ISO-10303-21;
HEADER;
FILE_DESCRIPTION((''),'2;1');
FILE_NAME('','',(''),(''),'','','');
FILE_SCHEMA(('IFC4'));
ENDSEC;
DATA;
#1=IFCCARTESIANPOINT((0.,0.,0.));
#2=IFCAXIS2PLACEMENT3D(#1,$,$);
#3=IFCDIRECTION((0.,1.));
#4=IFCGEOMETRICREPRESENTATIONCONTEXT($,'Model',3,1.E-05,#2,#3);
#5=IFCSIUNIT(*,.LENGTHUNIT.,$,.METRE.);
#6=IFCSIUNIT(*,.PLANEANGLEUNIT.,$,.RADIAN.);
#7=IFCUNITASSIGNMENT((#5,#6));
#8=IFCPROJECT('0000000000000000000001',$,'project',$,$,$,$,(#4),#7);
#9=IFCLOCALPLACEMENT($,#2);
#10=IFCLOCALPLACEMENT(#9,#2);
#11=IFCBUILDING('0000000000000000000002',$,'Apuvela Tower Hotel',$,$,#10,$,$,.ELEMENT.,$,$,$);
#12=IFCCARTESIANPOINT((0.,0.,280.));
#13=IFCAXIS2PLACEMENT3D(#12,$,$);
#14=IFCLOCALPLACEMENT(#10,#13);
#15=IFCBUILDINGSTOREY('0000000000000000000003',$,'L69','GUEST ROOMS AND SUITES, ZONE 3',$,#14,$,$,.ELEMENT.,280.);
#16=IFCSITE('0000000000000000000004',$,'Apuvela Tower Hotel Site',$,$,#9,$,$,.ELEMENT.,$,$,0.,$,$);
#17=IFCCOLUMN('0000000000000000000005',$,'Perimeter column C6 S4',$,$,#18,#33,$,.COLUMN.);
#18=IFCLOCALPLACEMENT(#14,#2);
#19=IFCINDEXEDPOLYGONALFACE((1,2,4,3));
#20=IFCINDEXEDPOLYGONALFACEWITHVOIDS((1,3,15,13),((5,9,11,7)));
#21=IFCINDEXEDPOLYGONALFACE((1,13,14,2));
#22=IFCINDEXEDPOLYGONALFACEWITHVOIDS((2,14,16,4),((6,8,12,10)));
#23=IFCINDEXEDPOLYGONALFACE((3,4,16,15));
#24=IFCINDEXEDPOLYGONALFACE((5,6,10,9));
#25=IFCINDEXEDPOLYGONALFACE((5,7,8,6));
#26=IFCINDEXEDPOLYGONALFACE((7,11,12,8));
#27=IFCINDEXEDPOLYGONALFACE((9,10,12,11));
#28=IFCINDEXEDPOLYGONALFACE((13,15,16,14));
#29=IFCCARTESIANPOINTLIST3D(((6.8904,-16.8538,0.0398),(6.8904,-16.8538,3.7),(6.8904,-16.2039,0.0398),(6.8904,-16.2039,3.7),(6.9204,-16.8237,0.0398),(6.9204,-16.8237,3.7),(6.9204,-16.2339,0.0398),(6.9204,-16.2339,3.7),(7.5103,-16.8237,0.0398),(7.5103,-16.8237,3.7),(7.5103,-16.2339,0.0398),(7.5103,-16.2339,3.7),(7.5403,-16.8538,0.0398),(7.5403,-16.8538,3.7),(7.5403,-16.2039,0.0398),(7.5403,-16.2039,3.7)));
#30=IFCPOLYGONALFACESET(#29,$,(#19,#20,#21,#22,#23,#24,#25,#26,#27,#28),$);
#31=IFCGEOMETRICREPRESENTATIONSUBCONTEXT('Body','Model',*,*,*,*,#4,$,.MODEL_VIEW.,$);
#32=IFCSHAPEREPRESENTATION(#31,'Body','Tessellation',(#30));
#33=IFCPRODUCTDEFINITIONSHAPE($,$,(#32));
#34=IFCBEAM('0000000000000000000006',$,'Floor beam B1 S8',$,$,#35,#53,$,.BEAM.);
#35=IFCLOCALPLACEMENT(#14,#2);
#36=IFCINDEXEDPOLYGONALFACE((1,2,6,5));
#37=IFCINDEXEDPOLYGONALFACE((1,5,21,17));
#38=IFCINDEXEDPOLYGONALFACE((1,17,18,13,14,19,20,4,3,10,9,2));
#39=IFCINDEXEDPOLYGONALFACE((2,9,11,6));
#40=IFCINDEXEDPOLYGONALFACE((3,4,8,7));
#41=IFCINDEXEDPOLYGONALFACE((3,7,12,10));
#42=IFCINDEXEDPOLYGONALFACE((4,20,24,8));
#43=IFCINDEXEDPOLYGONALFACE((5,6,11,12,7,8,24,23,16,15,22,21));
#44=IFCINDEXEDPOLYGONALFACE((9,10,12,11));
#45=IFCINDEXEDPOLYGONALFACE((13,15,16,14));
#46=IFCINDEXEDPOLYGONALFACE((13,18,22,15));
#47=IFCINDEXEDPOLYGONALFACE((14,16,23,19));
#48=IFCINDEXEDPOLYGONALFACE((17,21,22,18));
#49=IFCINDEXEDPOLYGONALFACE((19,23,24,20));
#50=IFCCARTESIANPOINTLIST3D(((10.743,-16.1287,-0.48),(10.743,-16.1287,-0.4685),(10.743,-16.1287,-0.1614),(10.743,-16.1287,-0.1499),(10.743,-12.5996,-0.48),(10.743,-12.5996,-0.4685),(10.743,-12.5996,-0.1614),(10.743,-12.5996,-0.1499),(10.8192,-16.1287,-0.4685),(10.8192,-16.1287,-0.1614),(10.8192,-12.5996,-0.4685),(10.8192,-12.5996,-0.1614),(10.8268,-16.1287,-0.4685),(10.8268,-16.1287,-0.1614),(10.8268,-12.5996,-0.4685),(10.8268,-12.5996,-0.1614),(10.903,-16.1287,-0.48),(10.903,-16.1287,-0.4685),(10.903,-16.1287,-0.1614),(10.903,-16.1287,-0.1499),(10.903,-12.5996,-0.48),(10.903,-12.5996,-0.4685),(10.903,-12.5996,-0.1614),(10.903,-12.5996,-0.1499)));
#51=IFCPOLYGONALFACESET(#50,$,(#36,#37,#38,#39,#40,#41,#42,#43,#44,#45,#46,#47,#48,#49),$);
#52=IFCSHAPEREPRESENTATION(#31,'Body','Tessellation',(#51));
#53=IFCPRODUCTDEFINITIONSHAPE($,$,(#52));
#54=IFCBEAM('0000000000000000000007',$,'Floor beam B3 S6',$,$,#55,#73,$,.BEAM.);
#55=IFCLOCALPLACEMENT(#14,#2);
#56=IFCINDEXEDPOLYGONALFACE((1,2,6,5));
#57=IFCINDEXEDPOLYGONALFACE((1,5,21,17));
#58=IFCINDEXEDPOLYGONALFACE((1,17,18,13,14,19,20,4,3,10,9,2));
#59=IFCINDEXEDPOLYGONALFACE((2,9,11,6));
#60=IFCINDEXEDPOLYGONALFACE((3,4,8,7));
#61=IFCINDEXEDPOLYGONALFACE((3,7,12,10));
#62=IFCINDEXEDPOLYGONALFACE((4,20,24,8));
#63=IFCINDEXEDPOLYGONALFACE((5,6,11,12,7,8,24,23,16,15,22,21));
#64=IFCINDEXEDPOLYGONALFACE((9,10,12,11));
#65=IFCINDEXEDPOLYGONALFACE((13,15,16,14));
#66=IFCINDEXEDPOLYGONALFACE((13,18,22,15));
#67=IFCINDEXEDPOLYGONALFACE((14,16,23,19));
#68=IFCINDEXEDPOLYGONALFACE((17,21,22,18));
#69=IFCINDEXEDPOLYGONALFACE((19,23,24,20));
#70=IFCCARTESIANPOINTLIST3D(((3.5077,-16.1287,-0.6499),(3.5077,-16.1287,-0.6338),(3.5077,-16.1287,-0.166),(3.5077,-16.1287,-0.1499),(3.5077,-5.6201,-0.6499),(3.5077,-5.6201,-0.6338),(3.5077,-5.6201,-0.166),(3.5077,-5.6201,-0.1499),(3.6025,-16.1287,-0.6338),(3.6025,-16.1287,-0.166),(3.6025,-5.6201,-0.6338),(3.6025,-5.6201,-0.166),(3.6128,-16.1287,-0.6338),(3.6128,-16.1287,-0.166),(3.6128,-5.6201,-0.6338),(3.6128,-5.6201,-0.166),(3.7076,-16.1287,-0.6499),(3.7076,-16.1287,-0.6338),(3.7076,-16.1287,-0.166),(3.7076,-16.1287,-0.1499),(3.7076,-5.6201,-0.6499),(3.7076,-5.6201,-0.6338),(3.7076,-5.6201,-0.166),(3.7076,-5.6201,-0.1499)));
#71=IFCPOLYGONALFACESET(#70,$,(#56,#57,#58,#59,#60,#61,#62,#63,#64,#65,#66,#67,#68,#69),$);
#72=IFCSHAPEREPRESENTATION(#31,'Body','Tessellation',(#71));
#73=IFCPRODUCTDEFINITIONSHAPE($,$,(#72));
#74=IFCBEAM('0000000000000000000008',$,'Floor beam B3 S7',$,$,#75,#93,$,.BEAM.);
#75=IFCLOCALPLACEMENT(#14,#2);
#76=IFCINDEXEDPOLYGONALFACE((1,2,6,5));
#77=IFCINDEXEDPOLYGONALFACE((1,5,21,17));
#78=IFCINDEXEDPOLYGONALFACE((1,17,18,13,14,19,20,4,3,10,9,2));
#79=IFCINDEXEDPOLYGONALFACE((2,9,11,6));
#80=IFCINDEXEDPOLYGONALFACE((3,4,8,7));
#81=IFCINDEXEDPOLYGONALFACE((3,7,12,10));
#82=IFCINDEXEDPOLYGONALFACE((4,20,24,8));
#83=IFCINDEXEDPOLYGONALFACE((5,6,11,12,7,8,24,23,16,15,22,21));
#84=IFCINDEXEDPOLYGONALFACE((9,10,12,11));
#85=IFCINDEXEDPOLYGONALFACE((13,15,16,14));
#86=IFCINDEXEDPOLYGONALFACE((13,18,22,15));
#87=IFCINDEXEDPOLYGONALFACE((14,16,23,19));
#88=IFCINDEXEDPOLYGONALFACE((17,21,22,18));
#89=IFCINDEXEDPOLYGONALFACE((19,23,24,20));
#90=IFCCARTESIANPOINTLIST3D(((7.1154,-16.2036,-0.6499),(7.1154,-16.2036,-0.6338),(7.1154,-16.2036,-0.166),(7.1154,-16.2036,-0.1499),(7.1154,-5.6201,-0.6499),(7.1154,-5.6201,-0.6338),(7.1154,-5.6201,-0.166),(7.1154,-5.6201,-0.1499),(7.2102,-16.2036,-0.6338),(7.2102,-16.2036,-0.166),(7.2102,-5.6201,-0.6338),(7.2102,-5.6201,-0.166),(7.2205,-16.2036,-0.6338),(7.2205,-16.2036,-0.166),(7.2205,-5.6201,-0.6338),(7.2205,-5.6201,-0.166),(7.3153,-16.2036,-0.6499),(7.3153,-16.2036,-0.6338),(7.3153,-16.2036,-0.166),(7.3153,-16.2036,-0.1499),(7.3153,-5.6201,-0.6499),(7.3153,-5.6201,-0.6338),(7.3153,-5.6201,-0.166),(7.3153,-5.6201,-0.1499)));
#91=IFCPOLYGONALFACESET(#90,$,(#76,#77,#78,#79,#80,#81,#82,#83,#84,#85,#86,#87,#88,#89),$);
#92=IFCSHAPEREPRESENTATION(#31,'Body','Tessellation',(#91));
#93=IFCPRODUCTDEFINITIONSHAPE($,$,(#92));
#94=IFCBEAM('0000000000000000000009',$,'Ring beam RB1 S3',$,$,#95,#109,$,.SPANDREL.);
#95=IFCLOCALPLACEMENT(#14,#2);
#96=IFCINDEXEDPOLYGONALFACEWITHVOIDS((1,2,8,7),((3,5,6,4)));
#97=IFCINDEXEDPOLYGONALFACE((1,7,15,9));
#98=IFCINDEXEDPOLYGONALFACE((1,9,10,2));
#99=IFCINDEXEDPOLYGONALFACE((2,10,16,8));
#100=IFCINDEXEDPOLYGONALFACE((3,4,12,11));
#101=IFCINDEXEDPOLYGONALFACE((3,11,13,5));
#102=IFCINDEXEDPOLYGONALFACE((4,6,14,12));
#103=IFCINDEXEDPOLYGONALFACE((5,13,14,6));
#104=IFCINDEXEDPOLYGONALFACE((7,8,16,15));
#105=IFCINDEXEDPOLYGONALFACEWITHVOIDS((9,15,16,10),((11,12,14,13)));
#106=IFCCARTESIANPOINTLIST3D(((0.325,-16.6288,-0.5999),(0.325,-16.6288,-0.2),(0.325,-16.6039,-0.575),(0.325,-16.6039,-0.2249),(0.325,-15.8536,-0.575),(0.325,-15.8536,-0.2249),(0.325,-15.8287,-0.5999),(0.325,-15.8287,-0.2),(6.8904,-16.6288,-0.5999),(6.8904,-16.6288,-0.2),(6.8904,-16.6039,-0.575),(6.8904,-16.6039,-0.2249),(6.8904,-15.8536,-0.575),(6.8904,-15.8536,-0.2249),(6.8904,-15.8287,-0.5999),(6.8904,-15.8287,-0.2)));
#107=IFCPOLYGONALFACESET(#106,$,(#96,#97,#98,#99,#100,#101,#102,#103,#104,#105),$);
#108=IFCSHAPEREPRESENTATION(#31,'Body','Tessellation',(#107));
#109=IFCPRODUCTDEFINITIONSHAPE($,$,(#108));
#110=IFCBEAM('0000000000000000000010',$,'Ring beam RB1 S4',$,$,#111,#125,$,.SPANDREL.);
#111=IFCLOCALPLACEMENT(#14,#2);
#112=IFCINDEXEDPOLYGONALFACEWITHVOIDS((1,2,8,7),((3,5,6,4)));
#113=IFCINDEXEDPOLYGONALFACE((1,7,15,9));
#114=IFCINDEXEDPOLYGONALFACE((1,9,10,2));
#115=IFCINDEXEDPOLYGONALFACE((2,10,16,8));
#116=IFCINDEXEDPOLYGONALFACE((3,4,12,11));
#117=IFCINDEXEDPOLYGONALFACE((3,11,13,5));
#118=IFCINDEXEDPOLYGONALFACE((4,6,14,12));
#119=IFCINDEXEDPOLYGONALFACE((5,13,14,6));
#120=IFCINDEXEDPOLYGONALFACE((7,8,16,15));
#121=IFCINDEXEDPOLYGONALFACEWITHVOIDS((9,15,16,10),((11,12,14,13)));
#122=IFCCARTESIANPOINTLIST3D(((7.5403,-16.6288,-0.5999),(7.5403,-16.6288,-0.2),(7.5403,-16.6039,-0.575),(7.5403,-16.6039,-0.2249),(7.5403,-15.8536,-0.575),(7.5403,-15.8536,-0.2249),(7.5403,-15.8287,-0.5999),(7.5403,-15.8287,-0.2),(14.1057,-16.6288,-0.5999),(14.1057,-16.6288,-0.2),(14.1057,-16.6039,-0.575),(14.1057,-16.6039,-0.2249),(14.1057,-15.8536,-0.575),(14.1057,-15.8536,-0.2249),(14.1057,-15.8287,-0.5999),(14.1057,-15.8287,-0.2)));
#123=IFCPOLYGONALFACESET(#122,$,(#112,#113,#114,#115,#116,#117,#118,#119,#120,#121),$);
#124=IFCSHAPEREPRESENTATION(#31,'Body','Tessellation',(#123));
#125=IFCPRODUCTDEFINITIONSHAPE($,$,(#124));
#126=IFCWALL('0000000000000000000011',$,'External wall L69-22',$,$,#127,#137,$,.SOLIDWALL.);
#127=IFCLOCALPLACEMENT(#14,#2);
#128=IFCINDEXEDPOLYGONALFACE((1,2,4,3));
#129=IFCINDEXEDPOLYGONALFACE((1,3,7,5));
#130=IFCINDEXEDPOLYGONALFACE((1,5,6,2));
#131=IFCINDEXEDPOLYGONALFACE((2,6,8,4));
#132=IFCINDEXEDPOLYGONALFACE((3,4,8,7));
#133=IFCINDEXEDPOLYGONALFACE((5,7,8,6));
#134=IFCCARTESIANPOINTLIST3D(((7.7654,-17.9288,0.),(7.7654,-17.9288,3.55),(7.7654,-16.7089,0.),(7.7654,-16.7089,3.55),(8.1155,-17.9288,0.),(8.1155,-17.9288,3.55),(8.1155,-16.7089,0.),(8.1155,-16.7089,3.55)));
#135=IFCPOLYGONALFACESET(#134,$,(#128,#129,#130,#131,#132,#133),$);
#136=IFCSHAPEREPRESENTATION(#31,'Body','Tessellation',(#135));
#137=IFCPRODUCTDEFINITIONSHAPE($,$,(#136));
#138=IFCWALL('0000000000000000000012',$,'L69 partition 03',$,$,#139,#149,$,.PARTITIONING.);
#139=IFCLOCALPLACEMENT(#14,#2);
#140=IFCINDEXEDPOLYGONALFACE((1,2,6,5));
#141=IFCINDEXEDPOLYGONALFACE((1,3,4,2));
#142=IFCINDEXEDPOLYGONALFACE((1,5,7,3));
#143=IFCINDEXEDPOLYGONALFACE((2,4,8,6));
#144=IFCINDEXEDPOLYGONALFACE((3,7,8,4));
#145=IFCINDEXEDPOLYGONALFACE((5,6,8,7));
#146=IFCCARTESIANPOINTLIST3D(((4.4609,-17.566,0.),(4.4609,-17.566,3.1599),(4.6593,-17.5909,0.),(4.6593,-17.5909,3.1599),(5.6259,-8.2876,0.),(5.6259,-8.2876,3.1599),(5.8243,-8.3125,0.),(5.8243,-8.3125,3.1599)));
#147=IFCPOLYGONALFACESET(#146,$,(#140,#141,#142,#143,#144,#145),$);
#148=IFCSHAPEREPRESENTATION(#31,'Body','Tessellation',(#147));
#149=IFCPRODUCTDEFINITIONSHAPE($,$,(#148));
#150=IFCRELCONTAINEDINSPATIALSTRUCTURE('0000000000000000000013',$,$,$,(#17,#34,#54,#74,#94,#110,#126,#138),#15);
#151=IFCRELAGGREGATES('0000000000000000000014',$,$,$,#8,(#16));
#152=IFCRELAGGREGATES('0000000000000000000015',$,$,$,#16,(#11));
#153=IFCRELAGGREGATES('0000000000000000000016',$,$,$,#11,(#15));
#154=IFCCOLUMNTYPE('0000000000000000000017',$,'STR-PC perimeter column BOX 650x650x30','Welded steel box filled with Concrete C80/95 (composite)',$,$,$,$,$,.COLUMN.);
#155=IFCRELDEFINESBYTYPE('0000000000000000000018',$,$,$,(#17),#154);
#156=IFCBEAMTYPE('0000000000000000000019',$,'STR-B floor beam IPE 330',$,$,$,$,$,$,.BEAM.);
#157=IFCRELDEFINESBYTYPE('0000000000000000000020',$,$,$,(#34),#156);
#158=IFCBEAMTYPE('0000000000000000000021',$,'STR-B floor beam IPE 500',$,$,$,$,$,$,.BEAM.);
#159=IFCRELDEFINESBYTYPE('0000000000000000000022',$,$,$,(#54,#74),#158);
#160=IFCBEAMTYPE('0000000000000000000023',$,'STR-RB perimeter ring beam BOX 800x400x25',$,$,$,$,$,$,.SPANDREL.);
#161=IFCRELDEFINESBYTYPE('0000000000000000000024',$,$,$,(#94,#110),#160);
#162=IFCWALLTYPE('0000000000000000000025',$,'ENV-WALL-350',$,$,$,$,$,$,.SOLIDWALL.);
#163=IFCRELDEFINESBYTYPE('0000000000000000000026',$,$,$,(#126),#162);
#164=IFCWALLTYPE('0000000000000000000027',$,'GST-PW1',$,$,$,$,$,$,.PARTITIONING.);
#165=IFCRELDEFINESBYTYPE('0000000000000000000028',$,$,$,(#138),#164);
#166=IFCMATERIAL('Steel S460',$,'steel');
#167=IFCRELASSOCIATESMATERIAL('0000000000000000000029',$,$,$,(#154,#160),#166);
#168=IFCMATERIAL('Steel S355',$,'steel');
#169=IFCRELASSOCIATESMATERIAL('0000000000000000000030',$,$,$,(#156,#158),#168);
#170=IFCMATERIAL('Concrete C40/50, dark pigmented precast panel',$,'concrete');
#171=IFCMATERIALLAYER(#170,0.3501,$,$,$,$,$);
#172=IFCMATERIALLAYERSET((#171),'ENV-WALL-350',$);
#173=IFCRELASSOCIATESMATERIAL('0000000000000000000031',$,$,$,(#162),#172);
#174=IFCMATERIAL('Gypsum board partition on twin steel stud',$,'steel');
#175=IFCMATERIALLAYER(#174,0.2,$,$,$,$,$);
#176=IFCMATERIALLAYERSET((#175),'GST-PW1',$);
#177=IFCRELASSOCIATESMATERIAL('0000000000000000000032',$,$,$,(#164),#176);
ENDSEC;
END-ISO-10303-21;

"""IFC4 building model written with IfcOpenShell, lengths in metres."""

from ifc_helpers import new_model, si_unit, direction, frame, frame_2d, origin, origin_2d, place, context, subcontext, project, spatial, rectangle, hollow_rectangle, i_section, extrude, boolean, halfspace, material, layer, layer_set, material_profile, profile_set, type_object, element, save


model = new_model("IFC4")

# Units and contexts
model_context = context("Model", 3, precision=1e-05, world=origin(), true_north=direction((0.0, 1.0)))
body_context = subcontext(model_context, "Body", "Model", "MODEL_VIEW")
ifc_project = project(units=[si_unit("LENGTHUNIT", "METRE"), si_unit("PLANEANGLEUNIT", "RADIAN")], contexts=[model_context])

# Site, building, storey
site_placement = place(None, origin())
site = spatial("IfcSite", under=ifc_project, at=site_placement, Name="Apuvela Tower Hotel Site", CompositionType="ELEMENT", RefElevation=0.0)
building_placement = place(site_placement, origin())
building = spatial("IfcBuilding", under=site, at=building_placement, Name="Apuvela Tower Hotel", CompositionType="ELEMENT")
storey_placement = place(building_placement, frame((0.0, 0.0, 280.0)))
storey = spatial("IfcBuildingStorey", under=building, at=storey_placement, Name="L69", Description="GUEST ROOMS AND SUITES, ZONE 3", CompositionType="ELEMENT", Elevation=280.0)

# Column
ifc_material_1 = material(Name="Steel S460", Category="steel")
ifc_material_profile_1 = material_profile(ifc_material_1, hollow_rectangle(XDim=0.6499, YDim=0.6499, WallThickness=0.03, at=origin_2d()), Name="BOX 650x650x30")
ifc_material_2 = material(Name="Concrete C80/95", Category="concrete")
ifc_material_profile_2 = material_profile(ifc_material_2, rectangle(XDim=0.5901, YDim=0.5901, at=origin_2d()), Name="Concrete C80/95 infill")
ifc_profile_set_1 = profile_set([ifc_material_profile_1, ifc_material_profile_2], Name="Steel S460")
column_type = type_object("IfcColumnType", Name="STR-PC perimeter column BOX 650x650x30", Description="Welded steel box filled with Concrete C80/95 (composite)", PredefinedType="COLUMN", material=ifc_profile_set_1)
column_placement = place(storey_placement, frame((7.2153, -16.5288, 0.0), z_axis=(0.0, 0.0, 1.0), x_axis=(-1.0, 0.0, 0.0)))
element("IfcColumn", 1, at=column_placement, inside=storey, type_object=column_type, Name="Perimeter column C6 S4", PredefinedType="COLUMN", context=body_context, shape_type="SweptSolid", body=[
    boolean("DIFFERENCE", extrude(hollow_rectangle(XDim=0.6499, YDim=0.6499, WallThickness=0.03, at=origin_2d()), origin(), (0.0, 0.0, 1.0), 3.7), halfspace(frame((0.0, 0.0, 0.0398), z_axis=(0.0, 0.0, 1.0), x_axis=(1.0, 0.0, 0.0)), True)),
])

# Beams
ifc_material_3 = material(Name="Steel S355", Category="steel")
ifc_material_profile_3 = material_profile(ifc_material_3, i_section(OverallWidth=0.1599, OverallDepth=0.3301, WebThickness=0.0076, FlangeThickness=0.0115, at=origin_2d()), Name="IPE 330")
ifc_profile_set_2 = profile_set([ifc_material_profile_3], Name="Steel S355")
beam_type_1 = type_object("IfcBeamType", Name="STR-B floor beam IPE 330", PredefinedType="BEAM", material=ifc_profile_set_2)
beam_1_placement = place(storey_placement, frame((10.823, -16.1287, -0.3149), z_axis=(0.0, 1.0, 0.0), x_axis=(-1.0, 0.0, 0.0)))
element("IfcBeam", 2, at=beam_1_placement, inside=storey, type_object=beam_type_1, Name="Floor beam B1 S8", PredefinedType="BEAM", context=body_context, shape_type="SweptSolid", body=[
    extrude(i_section(OverallWidth=0.1599, OverallDepth=0.3301, WebThickness=0.0076, FlangeThickness=0.0115, at=origin_2d()), origin(), (0.0, 0.0, 1.0), 3.5291),
])
ifc_material_profile_4 = material_profile(ifc_material_3, i_section(OverallWidth=0.2, OverallDepth=0.5, WebThickness=0.0103, FlangeThickness=0.0161, at=origin_2d()), Name="IPE 500")
ifc_profile_set_3 = profile_set([ifc_material_profile_4], Name="Steel S355")
beam_type_2 = type_object("IfcBeamType", Name="STR-B floor beam IPE 500", PredefinedType="BEAM", material=ifc_profile_set_3)
beam_2_placement = place(storey_placement, frame((3.6077, -16.1287, -0.3999), z_axis=(0.0, 1.0, 0.0), x_axis=(-1.0, 0.0, 0.0)))
element("IfcBeam", 3, at=beam_2_placement, inside=storey, type_object=beam_type_2, Name="Floor beam B3 S6", PredefinedType="BEAM", context=body_context, shape_type="SweptSolid", body=[
    extrude(i_section(OverallWidth=0.2, OverallDepth=0.5, WebThickness=0.0103, FlangeThickness=0.0161, at=origin_2d()), origin(), (0.0, 0.0, 1.0), 10.5085),
])
beam_3_placement = place(storey_placement, frame((7.2153, -16.2036, -0.3999), z_axis=(0.0, 1.0, 0.0), x_axis=(-1.0, 0.0, 0.0)))
element("IfcBeam", 4, at=beam_3_placement, inside=storey, type_object=beam_type_2, Name="Floor beam B3 S7", PredefinedType="BEAM", context=body_context, shape_type="SweptSolid", body=[
    extrude(i_section(OverallWidth=0.2, OverallDepth=0.5, WebThickness=0.0103, FlangeThickness=0.0161, at=origin_2d()), origin(), (0.0, 0.0, 1.0), 10.5835),
])
ifc_material_profile_5 = material_profile(ifc_material_1, hollow_rectangle(XDim=0.8, YDim=0.3999, WallThickness=0.0249, at=origin_2d()), Name="BOX 800x400x25")
ifc_profile_set_4 = profile_set([ifc_material_profile_5], Name="Steel S460")
beam_type_3 = type_object("IfcBeamType", Name="STR-RB perimeter ring beam BOX 800x400x25", PredefinedType="SPANDREL", material=ifc_profile_set_4)
for number, where, z_axis, x_axis, name in (
    (5, (0.325, -16.2288, -0.3999), (1.0, 0.0, 0.0), (0.0, 1.0, 0.0), "Ring beam RB1 S3"),
    (6, (7.5403, -16.2288, -0.3999), (1.0, 0.0, 0.0), (0.0, 1.0, 0.0), "Ring beam RB1 S4"),
):
    element("IfcBeam", number, at=place(storey_placement, frame(where, z_axis=z_axis, x_axis=x_axis)), inside=storey, type_object=beam_type_3, Name=name, PredefinedType="SPANDREL", context=body_context, shape_type="SweptSolid", body=[
        extrude(hollow_rectangle(XDim=0.8, YDim=0.3999, WallThickness=0.0249, at=origin_2d()), origin(), (0.0, 0.0, 1.0), 6.5654),
    ])

# Wall
ifc_material_4 = material(Name="Concrete C40/50, dark pigmented precast panel", Category="concrete")
ifc_layer_1 = layer(ifc_material_4, 0.3501)
ifc_layer_set_1 = layer_set([ifc_layer_1], Name="ENV-WALL-350")
wall_type_1 = type_object("IfcWallType", Name="ENV-WALL-350", PredefinedType="SOLIDWALL", material=ifc_layer_set_1)
wall_1_placement = place(storey_placement, frame((7.9404, -17.9287, 0.0), z_axis=(0.0, 0.0, 1.0), x_axis=(0.0, 1.0, 0.0)))
element("IfcWall", 7, at=wall_1_placement, inside=storey, type_object=wall_type_1, Name="External wall L69-22", PredefinedType="SOLIDWALL", context=body_context, shape_type="SweptSolid", body=[
    extrude(rectangle(XDim=1.22, YDim=0.3501, at=frame_2d((0.6099, 0.0))), origin(), (0.0, 0.0, 1.0), 3.55),
])

# Wall
ifc_material_5 = material(Name="Gypsum board partition on twin steel stud", Category="steel")
ifc_layer_2 = layer(ifc_material_5, 0.2)
ifc_layer_set_2 = layer_set([ifc_layer_2], Name="GST-PW1")
wall_type_2 = type_object("IfcWallType", Name="GST-PW1", PredefinedType="PARTITIONING", material=ifc_layer_set_2)
wall_2_placement = place(storey_placement, frame((4.5601, -17.5786, 0.0), z_axis=(0.0, 0.0, 1.0), x_axis=(0.124584, 0.992209, 0.0)))
element("IfcWall", 8, at=wall_2_placement, inside=storey, type_object=wall_type_2, Name="L69 partition 03", PredefinedType="PARTITIONING", context=body_context, shape_type="SweptSolid", body=[
    extrude(rectangle(XDim=9.3513, YDim=0.2, at=frame_2d((4.6758, 0.0))), origin(), (0.0, 0.0, 1.0), 3.1599),
])

save(model, "model.ifc")
